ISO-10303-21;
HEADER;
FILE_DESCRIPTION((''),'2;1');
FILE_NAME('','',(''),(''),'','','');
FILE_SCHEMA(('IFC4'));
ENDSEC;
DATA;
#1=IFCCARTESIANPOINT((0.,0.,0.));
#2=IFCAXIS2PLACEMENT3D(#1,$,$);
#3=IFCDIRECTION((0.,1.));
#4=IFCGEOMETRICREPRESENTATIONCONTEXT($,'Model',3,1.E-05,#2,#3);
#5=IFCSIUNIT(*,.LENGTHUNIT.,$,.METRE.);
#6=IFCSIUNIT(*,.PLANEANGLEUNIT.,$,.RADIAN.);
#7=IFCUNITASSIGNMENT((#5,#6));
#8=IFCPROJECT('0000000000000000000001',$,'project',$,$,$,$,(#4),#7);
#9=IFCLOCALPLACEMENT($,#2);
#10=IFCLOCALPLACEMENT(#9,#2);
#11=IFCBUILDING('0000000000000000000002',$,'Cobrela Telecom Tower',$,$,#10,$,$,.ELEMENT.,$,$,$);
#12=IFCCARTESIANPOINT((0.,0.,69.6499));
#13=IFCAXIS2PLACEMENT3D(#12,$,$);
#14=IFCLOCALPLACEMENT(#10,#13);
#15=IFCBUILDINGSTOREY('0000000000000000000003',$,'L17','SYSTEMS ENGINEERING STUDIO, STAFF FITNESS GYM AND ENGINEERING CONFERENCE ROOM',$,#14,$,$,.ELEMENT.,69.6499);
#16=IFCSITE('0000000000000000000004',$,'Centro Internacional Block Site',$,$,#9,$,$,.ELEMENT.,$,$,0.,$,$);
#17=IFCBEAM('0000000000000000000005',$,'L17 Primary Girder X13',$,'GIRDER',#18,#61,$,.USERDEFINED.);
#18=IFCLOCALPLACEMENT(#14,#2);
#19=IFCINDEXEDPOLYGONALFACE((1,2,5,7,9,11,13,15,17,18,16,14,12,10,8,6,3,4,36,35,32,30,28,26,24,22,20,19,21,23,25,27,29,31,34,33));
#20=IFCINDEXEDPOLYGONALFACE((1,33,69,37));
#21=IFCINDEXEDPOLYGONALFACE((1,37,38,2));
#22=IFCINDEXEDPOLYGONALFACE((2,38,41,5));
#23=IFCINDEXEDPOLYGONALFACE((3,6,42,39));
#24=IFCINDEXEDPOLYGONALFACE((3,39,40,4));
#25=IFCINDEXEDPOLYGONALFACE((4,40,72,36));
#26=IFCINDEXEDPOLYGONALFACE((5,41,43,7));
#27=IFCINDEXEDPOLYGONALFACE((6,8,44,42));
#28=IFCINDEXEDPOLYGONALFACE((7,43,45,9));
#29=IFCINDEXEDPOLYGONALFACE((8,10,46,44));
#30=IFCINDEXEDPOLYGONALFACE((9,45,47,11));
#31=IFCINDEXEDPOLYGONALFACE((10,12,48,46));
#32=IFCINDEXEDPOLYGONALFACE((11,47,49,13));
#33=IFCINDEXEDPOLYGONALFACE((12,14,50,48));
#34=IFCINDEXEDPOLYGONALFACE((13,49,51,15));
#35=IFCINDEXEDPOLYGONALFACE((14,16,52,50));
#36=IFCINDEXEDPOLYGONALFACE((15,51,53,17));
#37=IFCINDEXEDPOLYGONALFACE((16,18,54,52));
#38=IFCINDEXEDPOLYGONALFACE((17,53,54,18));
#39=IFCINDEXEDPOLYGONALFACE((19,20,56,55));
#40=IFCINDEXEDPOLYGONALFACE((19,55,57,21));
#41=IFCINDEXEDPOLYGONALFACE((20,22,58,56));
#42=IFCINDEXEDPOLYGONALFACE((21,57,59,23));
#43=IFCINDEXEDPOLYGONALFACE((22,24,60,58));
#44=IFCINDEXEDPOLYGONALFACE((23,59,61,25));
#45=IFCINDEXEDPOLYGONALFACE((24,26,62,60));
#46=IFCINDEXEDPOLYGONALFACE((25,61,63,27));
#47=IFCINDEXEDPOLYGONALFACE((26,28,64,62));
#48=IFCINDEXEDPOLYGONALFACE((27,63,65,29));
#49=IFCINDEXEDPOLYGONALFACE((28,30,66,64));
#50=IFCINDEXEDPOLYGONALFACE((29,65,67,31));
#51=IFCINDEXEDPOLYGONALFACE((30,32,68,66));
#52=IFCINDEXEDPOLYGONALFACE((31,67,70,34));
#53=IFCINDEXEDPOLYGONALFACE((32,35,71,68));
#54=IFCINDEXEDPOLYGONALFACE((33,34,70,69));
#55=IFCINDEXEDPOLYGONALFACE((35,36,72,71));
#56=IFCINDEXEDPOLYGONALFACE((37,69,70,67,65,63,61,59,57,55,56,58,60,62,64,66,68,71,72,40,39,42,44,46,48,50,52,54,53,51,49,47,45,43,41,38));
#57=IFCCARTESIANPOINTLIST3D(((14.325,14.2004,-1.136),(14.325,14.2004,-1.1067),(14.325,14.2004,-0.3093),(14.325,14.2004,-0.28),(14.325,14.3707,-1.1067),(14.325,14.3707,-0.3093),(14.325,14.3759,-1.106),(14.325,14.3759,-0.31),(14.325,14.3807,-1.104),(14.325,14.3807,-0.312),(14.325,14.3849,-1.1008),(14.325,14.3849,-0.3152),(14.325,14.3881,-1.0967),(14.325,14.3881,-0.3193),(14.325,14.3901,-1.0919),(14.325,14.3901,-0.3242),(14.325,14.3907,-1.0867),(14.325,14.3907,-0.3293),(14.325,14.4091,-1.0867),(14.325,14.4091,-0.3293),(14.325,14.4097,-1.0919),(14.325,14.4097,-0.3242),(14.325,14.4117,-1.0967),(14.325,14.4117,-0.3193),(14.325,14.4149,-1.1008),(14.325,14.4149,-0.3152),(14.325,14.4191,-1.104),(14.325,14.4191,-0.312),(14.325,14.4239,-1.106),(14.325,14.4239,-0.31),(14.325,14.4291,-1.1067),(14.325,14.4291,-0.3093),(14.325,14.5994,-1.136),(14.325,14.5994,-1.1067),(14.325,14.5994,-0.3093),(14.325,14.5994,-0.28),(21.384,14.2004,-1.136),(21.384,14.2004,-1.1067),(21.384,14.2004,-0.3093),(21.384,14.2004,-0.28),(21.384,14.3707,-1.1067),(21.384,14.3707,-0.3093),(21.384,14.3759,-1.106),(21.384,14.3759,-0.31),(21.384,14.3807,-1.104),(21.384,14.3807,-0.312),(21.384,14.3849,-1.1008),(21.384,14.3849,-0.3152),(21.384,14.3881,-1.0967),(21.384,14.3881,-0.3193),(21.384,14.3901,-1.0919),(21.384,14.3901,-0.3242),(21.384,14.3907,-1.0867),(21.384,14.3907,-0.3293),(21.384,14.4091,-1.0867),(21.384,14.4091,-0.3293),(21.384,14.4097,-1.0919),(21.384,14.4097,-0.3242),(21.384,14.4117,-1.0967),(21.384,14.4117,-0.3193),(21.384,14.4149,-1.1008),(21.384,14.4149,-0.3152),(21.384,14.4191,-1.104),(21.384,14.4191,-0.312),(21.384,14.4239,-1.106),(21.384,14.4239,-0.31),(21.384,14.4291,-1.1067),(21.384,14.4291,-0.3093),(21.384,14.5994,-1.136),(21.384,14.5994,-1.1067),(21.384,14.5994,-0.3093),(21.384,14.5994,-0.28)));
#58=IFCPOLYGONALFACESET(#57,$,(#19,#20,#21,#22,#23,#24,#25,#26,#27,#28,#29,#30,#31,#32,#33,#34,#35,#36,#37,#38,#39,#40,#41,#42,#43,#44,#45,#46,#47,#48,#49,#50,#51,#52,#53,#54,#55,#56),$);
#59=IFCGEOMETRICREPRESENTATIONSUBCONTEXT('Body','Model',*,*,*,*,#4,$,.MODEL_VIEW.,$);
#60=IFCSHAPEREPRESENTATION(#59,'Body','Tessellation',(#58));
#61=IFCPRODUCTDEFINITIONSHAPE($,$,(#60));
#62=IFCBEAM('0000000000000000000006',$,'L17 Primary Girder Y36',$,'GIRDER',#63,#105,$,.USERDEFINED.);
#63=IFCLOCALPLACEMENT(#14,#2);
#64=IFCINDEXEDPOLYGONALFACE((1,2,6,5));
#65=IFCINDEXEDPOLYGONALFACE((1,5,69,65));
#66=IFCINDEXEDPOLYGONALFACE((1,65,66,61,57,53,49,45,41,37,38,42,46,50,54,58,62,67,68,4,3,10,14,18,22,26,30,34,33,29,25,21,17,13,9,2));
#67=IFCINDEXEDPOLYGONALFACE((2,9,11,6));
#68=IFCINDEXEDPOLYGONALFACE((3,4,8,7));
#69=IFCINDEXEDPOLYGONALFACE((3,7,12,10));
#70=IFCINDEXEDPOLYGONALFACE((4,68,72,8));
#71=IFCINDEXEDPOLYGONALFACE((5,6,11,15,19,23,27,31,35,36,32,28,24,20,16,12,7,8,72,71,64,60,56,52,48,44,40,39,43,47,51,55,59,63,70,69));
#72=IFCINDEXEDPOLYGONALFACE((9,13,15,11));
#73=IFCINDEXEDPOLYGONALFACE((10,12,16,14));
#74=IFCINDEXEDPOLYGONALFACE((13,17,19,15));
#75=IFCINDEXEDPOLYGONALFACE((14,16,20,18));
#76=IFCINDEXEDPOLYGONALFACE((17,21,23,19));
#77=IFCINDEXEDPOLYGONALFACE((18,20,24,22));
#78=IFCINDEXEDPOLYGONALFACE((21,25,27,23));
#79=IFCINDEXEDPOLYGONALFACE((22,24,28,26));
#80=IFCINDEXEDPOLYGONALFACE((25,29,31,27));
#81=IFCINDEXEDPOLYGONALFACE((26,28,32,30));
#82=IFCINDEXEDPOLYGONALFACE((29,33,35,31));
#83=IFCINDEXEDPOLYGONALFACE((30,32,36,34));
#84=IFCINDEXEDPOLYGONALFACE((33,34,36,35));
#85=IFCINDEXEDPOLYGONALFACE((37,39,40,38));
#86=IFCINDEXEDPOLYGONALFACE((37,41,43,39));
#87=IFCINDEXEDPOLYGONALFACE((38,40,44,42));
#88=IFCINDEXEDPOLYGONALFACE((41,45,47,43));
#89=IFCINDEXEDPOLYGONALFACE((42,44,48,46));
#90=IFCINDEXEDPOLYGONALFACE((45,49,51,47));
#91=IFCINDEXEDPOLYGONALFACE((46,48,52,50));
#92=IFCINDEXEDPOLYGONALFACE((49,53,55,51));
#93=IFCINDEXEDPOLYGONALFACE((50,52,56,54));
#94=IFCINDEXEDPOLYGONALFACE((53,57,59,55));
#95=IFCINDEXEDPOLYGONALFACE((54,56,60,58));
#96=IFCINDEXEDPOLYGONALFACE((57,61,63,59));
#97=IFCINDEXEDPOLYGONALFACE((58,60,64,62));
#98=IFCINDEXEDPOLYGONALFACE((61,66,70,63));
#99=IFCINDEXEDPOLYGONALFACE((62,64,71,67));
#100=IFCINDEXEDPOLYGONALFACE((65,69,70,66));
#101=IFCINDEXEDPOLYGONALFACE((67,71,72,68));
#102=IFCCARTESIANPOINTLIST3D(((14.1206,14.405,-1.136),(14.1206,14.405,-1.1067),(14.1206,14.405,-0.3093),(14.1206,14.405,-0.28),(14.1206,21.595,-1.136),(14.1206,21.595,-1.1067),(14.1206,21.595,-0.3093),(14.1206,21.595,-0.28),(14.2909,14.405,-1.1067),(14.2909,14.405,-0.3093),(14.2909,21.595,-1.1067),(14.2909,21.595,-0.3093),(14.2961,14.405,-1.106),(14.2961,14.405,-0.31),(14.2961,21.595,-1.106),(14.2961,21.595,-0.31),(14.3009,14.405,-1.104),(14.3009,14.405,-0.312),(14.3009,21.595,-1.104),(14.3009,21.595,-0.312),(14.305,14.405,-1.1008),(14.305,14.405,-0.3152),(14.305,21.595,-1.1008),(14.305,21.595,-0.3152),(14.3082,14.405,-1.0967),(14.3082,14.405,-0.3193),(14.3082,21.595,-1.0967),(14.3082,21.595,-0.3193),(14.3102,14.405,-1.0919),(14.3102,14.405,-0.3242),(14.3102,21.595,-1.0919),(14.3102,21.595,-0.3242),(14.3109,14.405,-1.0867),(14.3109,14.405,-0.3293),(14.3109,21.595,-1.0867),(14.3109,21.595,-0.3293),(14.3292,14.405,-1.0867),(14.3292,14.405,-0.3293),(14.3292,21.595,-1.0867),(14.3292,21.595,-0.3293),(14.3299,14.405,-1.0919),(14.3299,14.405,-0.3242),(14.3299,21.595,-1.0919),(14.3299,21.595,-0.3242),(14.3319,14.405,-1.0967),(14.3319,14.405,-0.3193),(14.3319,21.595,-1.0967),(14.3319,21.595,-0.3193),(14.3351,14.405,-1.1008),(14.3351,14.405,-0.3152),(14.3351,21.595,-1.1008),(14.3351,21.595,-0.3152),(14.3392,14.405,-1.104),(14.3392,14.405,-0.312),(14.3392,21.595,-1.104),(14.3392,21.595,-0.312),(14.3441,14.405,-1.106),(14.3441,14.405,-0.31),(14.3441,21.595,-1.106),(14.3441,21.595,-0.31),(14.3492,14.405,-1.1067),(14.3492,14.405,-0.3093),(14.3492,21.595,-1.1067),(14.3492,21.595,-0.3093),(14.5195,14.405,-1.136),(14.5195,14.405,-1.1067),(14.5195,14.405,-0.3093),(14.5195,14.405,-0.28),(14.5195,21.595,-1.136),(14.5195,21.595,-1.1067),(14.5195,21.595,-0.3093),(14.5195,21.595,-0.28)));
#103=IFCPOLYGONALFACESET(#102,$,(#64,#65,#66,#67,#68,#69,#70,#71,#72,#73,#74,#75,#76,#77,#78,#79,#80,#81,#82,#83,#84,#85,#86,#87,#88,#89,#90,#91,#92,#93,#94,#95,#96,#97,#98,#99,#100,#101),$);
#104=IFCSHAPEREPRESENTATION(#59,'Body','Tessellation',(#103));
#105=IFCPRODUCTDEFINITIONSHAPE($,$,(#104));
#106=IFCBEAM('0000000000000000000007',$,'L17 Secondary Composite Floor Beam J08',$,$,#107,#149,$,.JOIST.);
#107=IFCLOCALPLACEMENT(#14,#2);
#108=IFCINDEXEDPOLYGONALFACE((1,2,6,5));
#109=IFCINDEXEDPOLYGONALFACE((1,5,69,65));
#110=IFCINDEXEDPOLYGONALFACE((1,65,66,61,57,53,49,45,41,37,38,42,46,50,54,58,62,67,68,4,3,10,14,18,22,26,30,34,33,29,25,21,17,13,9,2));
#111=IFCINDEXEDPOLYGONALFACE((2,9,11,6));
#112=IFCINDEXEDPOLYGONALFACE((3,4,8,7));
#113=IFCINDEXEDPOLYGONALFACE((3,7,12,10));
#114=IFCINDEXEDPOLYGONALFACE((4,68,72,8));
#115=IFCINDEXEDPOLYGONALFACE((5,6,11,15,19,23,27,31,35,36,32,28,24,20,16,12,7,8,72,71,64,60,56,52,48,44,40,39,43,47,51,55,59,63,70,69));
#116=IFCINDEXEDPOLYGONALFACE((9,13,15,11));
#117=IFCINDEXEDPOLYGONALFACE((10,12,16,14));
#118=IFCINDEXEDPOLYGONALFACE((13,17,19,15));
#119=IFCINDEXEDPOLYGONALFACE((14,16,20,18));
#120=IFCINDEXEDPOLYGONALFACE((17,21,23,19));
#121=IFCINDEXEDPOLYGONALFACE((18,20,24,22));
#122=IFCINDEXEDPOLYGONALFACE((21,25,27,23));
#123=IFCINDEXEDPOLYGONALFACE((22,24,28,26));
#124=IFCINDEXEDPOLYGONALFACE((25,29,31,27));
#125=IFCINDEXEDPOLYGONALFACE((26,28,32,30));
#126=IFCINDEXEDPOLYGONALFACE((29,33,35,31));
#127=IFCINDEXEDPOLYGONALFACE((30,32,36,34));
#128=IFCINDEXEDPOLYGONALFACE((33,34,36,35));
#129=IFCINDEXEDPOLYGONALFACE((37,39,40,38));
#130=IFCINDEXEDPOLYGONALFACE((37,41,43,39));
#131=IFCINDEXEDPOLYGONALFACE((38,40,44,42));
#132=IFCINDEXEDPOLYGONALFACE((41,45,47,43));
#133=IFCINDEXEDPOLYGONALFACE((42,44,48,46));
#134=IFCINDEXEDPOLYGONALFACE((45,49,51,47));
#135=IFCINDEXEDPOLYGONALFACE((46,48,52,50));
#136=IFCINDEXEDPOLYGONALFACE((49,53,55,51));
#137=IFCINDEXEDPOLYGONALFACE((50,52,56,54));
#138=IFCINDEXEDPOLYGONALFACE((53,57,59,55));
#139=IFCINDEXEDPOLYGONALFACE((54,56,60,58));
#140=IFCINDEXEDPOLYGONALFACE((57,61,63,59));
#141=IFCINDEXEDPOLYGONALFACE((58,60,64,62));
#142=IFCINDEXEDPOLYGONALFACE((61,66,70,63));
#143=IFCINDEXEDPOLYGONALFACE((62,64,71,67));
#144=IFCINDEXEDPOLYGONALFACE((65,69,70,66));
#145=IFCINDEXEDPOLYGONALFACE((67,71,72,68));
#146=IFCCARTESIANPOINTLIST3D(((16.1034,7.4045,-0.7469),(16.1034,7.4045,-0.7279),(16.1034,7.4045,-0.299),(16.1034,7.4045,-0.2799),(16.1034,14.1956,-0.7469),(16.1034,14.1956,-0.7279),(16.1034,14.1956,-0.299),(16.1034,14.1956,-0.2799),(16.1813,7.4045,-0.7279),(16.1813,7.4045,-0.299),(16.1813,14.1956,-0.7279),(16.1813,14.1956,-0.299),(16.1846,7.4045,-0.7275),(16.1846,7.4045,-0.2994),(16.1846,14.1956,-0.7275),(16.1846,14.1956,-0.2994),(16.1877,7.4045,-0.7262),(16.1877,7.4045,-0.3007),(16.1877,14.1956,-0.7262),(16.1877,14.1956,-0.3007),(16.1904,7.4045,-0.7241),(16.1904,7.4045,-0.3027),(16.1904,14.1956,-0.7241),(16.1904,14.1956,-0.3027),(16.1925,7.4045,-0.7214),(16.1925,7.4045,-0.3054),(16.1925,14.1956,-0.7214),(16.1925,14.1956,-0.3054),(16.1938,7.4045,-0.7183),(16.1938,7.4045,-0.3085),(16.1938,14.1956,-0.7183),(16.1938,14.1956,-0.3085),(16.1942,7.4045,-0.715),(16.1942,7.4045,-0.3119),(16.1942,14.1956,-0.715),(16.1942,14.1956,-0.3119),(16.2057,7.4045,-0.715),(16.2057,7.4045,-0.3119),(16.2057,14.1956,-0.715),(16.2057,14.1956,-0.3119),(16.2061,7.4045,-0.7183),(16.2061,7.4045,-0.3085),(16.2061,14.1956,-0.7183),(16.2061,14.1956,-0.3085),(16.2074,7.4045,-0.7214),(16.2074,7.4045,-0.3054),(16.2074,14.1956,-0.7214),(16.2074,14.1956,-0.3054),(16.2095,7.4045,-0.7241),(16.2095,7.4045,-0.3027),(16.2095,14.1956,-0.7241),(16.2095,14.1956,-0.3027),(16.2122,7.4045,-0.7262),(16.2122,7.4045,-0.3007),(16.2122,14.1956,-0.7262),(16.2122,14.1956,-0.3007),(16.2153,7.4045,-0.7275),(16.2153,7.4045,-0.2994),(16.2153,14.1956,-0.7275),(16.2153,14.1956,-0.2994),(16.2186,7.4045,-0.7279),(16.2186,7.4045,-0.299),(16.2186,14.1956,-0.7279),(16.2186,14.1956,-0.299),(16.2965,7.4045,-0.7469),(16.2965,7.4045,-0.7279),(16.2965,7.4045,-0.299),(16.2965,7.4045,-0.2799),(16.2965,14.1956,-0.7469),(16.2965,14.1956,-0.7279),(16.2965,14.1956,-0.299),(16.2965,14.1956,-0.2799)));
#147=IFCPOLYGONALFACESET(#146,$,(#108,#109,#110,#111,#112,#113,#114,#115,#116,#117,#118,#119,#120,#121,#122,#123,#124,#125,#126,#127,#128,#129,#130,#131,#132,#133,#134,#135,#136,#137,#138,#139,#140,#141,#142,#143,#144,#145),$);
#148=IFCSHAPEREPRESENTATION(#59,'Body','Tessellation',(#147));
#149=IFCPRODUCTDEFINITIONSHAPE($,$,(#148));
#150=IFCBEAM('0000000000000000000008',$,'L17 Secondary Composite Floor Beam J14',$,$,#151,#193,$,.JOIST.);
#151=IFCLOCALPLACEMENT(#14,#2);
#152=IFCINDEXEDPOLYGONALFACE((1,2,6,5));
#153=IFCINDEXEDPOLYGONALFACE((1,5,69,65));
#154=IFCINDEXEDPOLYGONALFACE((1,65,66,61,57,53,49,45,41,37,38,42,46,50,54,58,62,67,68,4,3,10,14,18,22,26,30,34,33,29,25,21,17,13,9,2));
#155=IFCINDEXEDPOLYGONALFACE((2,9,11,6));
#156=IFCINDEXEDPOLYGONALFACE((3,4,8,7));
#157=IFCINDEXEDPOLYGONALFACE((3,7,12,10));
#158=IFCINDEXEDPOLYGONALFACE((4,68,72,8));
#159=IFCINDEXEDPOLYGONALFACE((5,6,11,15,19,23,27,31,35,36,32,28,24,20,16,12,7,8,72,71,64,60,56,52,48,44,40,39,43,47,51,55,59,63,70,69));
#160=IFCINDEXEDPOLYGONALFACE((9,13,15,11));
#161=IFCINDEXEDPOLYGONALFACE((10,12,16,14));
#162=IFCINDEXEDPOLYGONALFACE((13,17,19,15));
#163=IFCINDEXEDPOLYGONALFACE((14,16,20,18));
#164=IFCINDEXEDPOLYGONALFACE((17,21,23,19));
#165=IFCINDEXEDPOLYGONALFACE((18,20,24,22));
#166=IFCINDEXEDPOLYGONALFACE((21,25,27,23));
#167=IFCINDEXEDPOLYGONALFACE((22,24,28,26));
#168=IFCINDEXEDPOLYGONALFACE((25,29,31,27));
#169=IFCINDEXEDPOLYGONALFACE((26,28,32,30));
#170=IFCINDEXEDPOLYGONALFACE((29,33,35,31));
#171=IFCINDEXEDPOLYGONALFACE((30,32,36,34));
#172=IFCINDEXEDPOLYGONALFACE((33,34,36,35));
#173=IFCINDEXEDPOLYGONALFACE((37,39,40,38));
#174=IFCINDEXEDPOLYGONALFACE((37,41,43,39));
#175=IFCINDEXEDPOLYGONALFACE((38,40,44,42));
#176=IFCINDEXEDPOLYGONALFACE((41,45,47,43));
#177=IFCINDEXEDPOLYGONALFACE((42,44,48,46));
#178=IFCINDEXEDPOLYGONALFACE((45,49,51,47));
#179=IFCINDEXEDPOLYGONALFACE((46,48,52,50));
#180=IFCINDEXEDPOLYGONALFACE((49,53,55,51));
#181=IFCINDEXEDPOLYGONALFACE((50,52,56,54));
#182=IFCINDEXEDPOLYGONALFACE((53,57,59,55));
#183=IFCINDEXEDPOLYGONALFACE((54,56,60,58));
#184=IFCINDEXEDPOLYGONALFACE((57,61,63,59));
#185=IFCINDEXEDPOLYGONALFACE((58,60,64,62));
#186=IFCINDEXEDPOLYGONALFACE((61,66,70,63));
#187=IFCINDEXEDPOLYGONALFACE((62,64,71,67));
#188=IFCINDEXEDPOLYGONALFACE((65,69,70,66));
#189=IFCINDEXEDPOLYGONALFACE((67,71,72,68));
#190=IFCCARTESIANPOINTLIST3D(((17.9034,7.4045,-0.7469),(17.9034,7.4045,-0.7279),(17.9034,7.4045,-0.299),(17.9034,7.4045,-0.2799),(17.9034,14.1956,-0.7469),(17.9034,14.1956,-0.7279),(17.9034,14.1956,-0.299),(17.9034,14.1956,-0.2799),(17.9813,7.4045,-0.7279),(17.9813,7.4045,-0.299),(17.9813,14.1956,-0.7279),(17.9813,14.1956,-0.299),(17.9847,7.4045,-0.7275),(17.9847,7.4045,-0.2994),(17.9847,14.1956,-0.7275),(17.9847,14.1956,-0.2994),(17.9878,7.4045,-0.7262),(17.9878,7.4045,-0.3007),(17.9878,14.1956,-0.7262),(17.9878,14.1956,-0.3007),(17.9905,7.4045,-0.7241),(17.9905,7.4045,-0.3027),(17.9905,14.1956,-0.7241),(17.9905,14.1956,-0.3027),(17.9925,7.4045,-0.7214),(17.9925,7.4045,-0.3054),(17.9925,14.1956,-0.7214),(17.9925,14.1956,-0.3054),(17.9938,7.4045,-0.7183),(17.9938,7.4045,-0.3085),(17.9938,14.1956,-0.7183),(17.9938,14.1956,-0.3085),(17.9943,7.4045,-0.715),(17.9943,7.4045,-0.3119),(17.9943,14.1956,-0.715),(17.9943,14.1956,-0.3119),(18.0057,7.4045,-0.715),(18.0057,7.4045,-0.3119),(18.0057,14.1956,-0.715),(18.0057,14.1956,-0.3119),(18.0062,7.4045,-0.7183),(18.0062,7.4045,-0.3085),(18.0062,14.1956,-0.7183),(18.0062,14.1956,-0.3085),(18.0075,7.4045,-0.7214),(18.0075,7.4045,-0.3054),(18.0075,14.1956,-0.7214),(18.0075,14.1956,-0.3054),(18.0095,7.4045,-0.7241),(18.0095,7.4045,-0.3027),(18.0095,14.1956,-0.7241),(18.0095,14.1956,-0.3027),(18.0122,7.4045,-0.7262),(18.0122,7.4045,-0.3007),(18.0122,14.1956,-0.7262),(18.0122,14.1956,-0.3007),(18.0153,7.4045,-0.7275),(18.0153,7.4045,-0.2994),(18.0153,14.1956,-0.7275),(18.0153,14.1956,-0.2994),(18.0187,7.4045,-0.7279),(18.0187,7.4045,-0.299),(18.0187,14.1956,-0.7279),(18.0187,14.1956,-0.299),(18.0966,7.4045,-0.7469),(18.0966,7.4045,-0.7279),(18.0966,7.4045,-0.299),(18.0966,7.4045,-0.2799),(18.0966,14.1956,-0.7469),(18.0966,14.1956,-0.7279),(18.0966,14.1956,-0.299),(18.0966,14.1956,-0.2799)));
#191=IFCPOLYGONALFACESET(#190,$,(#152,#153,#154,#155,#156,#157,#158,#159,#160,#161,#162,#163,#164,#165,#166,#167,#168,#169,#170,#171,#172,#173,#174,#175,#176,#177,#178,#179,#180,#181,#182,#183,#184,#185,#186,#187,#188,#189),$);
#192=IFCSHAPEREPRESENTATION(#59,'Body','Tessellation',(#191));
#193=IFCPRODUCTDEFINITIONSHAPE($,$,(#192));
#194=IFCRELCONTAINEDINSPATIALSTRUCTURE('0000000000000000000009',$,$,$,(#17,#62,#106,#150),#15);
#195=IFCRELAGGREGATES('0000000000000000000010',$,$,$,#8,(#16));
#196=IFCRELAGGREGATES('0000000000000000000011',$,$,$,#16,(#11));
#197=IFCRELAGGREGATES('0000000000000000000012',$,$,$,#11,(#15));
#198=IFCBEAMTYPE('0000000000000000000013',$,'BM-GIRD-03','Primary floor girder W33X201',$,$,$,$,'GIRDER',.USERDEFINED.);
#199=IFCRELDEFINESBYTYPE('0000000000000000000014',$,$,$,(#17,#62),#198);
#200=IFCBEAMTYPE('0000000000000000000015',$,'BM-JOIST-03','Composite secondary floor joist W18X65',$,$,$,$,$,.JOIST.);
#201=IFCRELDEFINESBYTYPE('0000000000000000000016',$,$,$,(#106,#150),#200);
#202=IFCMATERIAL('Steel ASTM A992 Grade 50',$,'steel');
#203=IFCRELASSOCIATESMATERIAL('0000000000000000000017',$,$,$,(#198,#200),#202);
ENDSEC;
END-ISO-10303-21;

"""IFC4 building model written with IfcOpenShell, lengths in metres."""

from ifc_helpers import new_model, si_unit, direction, frame, origin, origin_2d, place, context, subcontext, project, spatial, i_section, extrude, material, material_profile, profile_set, type_object, element, save


model = new_model("IFC4")

# Units and contexts
model_context = context("Model", 3, precision=1e-05, world=origin(), true_north=direction((0.0, 1.0)))
body_context = subcontext(model_context, "Body", "Model", "MODEL_VIEW")
ifc_project = project(units=[si_unit("LENGTHUNIT", "METRE"), si_unit("PLANEANGLEUNIT", "RADIAN")], contexts=[model_context])

# Site, building, storey
site_placement = place(None, origin())
site = spatial("IfcSite", under=ifc_project, at=site_placement, Name="Centro Internacional Block Site", CompositionType="ELEMENT", RefElevation=0.0)
building_placement = place(site_placement, origin())
building = spatial("IfcBuilding", under=site, at=building_placement, Name="Cobrela Telecom Tower", CompositionType="ELEMENT")
storey_placement = place(building_placement, frame((0.0, 0.0, 69.6499)))
storey = spatial("IfcBuildingStorey", under=building, at=storey_placement, Name="L17", Description="SYSTEMS ENGINEERING STUDIO, STAFF FITNESS GYM AND ENGINEERING CONFERENCE ROOM", CompositionType="ELEMENT", Elevation=69.6499)

# Beams
ifc_material_1 = material(Name="Steel ASTM A992 Grade 50", Category="steel")
ifc_material_profile_1 = material_profile(ifc_material_1, i_section(OverallWidth=0.3989, OverallDepth=0.856, WebThickness=0.0183, FlangeThickness=0.0293, FilletRadius=0.02, at=origin_2d()), Name="W33X201")
ifc_profile_set_1 = profile_set([ifc_material_profile_1], Name="Steel ASTM A992 Grade 50")
beam_type_1 = type_object("IfcBeamType", Name="BM-GIRD-03", Description="Primary floor girder W33X201", ElementType="GIRDER", PredefinedType="USERDEFINED", material=ifc_profile_set_1)
beam_1_placement = place(storey_placement, frame((14.325, 14.3999, -0.708), z_axis=(1.0, 0.0, 0.0), x_axis=(0.0, 1.0, 0.0)))
element("IfcBeam", 1, at=beam_1_placement, inside=storey, type_object=beam_type_1, Name="L17 Primary Girder X13", ObjectType="GIRDER", PredefinedType="USERDEFINED", context=body_context, shape_type="SweptSolid", body=[
    extrude(i_section(OverallWidth=0.3989, OverallDepth=0.856, WebThickness=0.0183, FlangeThickness=0.0293, FilletRadius=0.02, at=origin_2d()), origin(), (0.0, 0.0, 1.0), 7.0591),
])
beam_2_placement = place(storey_placement, frame((14.3201, 14.405, -0.708), z_axis=(0.0, 1.0, 0.0), x_axis=(-1.0, 0.0, 0.0)))
element("IfcBeam", 2, at=beam_2_placement, inside=storey, type_object=beam_type_1, Name="L17 Primary Girder Y36", ObjectType="GIRDER", PredefinedType="USERDEFINED", context=body_context, shape_type="SweptSolid", body=[
    extrude(i_section(OverallWidth=0.3989, OverallDepth=0.856, WebThickness=0.0183, FlangeThickness=0.0293, FilletRadius=0.02, at=origin_2d()), origin(), (0.0, 0.0, 1.0), 7.1899),
])
ifc_material_profile_2 = material_profile(ifc_material_1, i_section(OverallWidth=0.1931, OverallDepth=0.467, WebThickness=0.0115, FlangeThickness=0.019, FilletRadius=0.0129, at=origin_2d()), Name="W18X65")
ifc_profile_set_2 = profile_set([ifc_material_profile_2], Name="Steel ASTM A992 Grade 50")
beam_type_2 = type_object("IfcBeamType", Name="BM-JOIST-03", Description="Composite secondary floor joist W18X65", PredefinedType="JOIST", material=ifc_profile_set_2)
for number, where, z_axis, x_axis, name in (
    (3, (16.2, 7.4045, -0.5134), (0.0, 1.0, 0.0), (-1.0, 0.0, 0.0), "L17 Secondary Composite Floor Beam J08"),
    (4, (18.0, 7.4045, -0.5134), (0.0, 1.0, 0.0), (-1.0, 0.0, 0.0), "L17 Secondary Composite Floor Beam J14"),
):
    element("IfcBeam", number, at=place(storey_placement, frame(where, z_axis=z_axis, x_axis=x_axis)), inside=storey, type_object=beam_type_2, Name=name, PredefinedType="JOIST", context=body_context, shape_type="SweptSolid", body=[
        extrude(i_section(OverallWidth=0.1931, OverallDepth=0.467, WebThickness=0.0115, FlangeThickness=0.019, FilletRadius=0.0129, at=origin_2d()), origin(), (0.0, 0.0, 1.0), 6.791),
    ])

save(model, "model.ifc")
